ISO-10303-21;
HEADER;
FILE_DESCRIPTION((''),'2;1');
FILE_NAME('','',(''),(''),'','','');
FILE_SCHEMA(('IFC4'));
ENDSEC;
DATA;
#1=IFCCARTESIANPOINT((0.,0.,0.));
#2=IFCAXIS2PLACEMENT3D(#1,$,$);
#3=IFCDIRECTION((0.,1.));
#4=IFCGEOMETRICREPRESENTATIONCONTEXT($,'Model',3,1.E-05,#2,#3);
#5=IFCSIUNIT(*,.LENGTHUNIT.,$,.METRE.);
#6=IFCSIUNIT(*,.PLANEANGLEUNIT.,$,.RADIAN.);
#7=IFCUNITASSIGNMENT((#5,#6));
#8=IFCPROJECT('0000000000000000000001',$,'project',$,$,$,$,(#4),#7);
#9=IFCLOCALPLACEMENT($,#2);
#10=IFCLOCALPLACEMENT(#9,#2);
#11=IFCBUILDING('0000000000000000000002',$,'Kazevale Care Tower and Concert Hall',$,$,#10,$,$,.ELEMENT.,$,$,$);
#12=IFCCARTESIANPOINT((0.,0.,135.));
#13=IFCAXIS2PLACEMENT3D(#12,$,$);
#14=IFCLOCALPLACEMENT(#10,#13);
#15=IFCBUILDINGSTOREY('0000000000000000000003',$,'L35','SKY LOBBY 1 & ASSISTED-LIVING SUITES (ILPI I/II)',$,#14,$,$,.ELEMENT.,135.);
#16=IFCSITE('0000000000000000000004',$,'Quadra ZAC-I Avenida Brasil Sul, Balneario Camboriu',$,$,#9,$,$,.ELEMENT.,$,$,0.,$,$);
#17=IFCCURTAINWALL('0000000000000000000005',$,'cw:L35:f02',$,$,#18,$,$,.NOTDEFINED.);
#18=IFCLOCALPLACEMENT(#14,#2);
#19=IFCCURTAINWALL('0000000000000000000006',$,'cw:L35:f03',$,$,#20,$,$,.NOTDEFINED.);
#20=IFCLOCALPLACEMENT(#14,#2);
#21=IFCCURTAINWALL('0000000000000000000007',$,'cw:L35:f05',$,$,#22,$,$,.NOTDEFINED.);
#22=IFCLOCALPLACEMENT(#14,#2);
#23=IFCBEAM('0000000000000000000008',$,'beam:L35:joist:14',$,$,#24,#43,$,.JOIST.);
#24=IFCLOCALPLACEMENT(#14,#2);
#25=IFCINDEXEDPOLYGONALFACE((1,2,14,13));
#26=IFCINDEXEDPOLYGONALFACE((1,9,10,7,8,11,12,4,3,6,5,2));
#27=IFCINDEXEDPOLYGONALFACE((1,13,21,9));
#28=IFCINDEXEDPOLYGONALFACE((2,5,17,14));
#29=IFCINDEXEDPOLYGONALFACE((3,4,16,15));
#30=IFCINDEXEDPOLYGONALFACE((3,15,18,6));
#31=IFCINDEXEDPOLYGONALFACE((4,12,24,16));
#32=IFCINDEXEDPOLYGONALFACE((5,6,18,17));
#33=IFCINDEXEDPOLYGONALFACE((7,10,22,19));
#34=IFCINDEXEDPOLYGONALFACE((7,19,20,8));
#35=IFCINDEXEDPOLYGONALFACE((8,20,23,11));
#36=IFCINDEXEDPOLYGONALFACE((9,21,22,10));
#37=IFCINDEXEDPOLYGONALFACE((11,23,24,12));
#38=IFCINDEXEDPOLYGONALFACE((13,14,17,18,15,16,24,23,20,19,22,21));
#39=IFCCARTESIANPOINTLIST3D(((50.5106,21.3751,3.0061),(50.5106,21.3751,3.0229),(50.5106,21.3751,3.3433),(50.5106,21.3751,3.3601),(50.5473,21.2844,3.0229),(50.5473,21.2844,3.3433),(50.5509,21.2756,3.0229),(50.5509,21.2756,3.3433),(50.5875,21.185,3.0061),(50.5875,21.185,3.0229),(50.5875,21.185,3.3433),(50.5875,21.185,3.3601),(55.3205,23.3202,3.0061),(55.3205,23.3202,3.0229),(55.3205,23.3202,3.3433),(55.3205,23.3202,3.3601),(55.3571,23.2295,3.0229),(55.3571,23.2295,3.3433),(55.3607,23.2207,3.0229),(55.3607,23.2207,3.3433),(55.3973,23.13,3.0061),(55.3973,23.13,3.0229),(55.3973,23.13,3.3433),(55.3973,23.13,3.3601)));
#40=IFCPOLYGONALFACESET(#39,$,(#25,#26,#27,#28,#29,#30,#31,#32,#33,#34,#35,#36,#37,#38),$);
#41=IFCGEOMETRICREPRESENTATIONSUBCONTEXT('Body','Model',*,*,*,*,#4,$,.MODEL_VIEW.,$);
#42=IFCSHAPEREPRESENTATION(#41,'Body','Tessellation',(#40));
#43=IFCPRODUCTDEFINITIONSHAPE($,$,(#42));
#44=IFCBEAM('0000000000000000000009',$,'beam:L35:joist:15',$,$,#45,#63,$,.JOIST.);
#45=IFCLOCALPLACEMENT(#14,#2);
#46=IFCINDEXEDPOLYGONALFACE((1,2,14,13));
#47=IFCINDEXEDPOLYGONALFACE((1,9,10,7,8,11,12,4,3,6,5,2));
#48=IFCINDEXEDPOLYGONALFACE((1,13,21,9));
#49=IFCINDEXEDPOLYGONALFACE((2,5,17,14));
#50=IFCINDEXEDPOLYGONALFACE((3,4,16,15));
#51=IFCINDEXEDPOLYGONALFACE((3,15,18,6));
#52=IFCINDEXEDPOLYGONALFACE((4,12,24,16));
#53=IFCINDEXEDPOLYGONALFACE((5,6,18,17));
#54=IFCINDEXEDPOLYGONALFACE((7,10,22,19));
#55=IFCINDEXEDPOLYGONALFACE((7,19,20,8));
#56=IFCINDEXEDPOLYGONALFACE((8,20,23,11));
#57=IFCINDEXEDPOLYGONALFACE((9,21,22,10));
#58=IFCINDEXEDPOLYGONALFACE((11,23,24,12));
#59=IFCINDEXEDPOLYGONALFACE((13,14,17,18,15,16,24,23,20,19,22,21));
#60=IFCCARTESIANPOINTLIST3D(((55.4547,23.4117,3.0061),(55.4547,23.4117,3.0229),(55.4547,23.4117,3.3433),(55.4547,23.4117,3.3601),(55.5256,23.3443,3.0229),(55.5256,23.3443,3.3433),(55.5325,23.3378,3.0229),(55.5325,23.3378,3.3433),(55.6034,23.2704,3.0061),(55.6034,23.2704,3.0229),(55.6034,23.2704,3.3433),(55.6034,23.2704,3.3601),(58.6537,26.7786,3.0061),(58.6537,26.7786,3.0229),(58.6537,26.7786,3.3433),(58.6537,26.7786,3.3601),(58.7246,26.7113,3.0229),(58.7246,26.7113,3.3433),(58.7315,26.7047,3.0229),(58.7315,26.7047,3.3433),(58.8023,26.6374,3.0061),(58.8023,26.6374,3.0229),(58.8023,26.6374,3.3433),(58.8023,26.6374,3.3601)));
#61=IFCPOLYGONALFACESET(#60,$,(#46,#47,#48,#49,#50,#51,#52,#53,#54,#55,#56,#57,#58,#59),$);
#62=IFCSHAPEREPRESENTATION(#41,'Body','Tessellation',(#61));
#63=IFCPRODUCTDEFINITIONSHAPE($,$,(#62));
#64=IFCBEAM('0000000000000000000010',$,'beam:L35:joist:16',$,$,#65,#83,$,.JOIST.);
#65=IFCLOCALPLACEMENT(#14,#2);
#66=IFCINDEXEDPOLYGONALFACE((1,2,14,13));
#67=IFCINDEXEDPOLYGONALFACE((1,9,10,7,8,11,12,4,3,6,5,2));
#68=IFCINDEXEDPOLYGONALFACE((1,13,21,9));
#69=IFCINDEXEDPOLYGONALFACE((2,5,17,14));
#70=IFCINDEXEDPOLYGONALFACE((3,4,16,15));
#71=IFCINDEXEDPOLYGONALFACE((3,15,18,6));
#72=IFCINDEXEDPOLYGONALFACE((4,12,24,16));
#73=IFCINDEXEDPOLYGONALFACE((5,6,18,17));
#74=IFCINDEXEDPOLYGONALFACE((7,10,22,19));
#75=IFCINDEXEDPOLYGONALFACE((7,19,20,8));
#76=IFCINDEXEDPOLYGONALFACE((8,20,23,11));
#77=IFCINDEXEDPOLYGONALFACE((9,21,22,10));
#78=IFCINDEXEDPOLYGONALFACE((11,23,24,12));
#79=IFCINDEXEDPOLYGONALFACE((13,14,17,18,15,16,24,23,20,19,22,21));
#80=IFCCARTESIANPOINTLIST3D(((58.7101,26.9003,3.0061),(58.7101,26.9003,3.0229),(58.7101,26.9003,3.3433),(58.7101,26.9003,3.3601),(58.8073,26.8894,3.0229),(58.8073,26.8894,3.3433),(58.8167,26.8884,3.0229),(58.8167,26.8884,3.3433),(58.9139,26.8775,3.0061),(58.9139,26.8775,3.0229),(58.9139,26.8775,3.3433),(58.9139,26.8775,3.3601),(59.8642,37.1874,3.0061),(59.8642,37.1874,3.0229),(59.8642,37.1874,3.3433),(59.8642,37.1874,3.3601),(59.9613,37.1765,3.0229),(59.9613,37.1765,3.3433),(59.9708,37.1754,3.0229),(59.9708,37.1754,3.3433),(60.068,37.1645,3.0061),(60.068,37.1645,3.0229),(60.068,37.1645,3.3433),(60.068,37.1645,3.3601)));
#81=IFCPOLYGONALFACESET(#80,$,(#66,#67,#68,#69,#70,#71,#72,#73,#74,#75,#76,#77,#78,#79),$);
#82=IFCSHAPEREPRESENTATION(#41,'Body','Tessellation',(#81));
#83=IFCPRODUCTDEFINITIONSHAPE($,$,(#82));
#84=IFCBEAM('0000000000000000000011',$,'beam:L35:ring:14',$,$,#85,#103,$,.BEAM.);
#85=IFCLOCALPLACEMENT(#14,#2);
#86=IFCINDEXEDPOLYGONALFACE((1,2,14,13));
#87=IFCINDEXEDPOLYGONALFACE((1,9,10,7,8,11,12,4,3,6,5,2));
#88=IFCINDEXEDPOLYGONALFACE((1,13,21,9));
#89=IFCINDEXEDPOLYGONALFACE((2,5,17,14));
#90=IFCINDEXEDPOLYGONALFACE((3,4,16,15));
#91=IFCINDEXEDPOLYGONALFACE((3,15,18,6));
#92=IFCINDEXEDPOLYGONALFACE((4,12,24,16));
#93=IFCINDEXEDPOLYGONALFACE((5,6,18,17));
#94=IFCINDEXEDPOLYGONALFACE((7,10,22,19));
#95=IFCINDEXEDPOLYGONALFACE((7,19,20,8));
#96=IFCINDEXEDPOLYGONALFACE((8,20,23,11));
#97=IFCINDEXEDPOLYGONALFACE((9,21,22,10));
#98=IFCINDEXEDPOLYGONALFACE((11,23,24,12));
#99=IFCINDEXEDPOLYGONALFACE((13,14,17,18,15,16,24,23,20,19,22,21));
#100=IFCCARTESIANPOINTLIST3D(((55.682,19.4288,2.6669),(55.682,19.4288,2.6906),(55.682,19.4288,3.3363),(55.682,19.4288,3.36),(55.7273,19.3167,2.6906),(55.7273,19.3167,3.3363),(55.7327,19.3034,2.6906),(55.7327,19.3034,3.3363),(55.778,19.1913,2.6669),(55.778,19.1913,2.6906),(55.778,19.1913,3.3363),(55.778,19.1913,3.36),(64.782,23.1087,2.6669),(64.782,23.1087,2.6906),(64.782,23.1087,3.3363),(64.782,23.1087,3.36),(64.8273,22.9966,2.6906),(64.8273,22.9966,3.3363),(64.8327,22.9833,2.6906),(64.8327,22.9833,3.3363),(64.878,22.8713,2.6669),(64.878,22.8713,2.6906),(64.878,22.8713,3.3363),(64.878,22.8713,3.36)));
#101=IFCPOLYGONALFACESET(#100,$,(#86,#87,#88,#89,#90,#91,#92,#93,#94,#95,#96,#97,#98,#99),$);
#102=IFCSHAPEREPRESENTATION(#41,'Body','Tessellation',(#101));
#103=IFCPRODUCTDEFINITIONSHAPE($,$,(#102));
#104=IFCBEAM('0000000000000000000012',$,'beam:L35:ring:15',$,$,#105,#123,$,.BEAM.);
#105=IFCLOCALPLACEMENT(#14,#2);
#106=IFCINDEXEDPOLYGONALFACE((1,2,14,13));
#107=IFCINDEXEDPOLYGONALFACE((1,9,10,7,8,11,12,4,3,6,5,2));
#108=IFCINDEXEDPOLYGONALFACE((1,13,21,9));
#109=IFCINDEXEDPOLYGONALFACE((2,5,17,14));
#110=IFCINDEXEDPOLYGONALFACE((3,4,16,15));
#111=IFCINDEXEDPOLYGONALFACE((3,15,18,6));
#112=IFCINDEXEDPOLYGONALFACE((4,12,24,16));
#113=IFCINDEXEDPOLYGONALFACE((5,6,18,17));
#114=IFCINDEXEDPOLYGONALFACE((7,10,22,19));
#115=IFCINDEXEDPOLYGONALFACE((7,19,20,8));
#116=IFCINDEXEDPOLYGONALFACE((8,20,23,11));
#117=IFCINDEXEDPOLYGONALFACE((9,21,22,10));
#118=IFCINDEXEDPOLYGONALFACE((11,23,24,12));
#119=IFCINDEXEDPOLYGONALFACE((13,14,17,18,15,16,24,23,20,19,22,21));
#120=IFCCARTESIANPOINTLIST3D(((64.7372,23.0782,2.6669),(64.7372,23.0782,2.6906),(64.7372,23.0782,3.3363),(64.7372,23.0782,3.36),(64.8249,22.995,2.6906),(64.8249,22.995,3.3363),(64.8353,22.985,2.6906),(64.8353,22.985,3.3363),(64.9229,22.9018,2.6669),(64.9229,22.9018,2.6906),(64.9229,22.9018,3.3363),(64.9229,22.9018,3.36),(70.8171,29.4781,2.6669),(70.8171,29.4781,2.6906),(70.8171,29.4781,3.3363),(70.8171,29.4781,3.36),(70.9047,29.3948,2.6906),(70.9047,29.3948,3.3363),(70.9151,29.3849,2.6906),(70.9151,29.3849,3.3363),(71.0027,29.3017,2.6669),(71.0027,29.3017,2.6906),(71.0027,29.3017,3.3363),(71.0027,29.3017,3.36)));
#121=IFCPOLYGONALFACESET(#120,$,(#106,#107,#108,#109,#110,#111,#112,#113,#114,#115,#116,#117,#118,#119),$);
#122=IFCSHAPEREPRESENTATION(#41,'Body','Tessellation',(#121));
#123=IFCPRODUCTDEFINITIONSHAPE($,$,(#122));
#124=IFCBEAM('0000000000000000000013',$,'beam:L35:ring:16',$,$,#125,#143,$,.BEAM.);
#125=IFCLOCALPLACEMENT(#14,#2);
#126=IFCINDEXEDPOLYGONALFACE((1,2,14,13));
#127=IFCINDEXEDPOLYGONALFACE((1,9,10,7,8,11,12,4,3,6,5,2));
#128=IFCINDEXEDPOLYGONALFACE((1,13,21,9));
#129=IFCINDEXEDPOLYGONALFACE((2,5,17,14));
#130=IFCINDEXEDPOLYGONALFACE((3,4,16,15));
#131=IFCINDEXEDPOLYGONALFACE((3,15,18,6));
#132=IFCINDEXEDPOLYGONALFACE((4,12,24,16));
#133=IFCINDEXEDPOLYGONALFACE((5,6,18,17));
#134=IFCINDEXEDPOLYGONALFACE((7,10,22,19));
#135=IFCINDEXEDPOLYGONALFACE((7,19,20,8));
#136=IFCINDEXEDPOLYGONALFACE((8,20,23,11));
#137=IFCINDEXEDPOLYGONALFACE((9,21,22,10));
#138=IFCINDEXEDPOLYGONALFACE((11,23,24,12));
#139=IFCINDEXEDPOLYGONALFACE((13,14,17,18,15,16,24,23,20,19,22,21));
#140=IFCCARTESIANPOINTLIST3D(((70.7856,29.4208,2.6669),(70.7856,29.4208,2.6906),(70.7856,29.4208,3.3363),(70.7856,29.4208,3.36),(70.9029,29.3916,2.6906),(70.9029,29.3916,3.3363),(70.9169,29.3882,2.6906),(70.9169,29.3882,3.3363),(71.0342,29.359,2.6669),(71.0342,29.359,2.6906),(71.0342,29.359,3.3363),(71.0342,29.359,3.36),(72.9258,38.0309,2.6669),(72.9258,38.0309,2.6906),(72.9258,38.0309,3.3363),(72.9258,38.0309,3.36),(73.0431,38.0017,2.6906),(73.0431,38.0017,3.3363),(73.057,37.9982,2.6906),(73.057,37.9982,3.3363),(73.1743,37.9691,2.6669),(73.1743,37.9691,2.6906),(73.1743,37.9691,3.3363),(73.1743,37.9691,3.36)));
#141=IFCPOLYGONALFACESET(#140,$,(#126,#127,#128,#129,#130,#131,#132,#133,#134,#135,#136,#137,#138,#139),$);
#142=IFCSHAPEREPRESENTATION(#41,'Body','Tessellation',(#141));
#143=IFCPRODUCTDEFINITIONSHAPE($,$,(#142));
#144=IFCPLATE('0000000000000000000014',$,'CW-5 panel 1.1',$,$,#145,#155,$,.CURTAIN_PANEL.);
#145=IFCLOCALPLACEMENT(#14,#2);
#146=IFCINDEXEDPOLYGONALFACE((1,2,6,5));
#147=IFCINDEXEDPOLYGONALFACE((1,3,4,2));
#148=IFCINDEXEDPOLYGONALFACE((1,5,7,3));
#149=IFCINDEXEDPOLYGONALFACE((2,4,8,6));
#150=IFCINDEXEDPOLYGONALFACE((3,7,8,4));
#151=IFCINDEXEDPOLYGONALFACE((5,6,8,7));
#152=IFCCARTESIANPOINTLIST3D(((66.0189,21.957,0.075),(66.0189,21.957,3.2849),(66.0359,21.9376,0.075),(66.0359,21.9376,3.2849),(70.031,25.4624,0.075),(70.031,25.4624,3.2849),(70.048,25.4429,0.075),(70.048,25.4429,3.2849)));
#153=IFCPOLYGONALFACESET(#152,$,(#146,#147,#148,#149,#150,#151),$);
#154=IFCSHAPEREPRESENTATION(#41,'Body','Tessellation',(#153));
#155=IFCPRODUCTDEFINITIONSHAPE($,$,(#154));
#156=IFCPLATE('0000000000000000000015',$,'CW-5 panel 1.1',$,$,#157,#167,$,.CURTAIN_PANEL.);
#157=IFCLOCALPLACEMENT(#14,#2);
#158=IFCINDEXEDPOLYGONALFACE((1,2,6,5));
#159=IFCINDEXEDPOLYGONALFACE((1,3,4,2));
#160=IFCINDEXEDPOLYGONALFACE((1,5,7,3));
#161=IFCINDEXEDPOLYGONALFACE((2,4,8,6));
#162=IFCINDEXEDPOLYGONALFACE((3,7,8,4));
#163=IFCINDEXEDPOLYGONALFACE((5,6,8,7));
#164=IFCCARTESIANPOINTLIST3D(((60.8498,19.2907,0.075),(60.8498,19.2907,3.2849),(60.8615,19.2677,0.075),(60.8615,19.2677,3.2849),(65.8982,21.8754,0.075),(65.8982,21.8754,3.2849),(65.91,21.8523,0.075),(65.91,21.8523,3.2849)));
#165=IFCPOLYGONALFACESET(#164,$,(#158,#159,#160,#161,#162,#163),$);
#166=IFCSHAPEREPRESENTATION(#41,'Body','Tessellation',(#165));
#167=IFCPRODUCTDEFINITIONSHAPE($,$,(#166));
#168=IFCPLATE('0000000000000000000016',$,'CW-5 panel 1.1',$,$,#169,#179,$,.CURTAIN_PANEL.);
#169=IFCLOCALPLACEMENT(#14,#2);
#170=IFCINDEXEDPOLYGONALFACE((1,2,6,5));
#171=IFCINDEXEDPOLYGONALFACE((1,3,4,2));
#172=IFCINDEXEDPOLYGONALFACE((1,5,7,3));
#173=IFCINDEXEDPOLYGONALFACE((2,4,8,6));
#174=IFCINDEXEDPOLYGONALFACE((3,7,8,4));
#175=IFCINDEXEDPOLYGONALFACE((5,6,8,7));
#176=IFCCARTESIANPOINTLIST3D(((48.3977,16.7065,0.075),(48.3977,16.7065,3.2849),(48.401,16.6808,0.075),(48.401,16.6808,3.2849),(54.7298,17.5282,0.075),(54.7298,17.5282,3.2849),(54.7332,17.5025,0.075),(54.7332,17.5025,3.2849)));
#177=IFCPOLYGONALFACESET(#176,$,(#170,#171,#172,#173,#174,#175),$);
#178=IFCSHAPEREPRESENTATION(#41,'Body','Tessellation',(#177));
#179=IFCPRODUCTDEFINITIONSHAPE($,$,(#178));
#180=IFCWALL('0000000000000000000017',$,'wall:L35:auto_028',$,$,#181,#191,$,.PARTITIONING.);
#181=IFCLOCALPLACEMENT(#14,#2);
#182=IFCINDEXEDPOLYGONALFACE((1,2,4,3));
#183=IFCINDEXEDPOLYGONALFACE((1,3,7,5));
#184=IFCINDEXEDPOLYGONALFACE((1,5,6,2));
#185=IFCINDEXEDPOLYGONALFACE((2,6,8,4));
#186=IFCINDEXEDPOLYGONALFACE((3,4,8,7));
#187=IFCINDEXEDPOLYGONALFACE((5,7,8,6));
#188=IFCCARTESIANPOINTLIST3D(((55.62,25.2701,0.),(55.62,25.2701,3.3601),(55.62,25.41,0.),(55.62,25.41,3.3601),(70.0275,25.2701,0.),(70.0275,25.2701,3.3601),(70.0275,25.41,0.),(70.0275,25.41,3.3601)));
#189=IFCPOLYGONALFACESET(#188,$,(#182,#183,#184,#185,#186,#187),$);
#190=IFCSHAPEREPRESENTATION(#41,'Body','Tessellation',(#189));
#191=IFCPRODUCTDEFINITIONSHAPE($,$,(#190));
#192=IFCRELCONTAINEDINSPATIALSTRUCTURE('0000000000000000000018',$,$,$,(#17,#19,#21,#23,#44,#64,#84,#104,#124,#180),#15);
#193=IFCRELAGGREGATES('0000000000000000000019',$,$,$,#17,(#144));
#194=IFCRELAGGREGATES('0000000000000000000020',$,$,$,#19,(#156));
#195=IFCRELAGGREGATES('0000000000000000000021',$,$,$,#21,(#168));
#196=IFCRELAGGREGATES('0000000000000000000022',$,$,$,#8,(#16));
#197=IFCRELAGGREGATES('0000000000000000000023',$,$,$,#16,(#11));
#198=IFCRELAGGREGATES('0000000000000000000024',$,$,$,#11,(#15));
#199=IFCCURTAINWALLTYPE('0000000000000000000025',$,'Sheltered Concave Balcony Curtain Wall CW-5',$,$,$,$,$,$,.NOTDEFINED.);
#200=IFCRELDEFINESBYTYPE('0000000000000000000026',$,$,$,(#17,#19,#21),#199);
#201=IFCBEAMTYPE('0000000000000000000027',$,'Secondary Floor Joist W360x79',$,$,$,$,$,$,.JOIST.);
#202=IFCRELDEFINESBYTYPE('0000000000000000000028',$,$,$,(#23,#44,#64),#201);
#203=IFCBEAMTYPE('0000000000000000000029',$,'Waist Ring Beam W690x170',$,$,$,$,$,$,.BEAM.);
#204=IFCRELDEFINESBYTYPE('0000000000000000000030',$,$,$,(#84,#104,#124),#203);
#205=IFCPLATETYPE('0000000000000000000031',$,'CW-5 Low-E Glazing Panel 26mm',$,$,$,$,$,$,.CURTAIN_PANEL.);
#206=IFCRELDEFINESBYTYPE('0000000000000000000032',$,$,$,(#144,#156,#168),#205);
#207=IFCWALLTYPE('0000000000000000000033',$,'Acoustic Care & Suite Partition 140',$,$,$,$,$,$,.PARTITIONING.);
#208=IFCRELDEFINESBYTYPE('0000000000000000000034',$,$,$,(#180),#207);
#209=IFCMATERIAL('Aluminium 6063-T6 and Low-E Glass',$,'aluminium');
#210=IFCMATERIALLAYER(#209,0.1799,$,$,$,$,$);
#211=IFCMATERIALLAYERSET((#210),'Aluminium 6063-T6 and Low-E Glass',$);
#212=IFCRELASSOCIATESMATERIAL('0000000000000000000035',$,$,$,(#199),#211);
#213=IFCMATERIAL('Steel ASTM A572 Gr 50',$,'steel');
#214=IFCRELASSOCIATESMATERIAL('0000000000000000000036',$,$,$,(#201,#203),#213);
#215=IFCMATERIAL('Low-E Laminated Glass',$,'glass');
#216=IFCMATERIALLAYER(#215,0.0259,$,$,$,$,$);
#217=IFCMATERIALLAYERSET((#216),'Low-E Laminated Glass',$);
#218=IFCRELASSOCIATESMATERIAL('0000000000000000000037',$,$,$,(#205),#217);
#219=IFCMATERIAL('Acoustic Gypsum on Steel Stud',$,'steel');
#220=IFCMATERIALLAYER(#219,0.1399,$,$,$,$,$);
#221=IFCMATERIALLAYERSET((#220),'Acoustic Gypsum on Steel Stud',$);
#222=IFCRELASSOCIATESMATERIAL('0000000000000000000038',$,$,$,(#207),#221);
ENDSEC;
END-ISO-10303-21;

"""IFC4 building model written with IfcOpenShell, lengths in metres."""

from ifc_helpers import new_model, si_unit, direction, frame, frame_2d, origin, origin_2d, place, context, subcontext, project, spatial, rectangle, i_section, extrude, material, layer, layer_set, material_profile, profile_set, type_object, element, aggregate, save


model = new_model("IFC4")

# Units and contexts
model_context = context("Model", 3, precision=1e-05, world=origin(), true_north=direction((0.0, 1.0)))
body_context = subcontext(model_context, "Body", "Model", "MODEL_VIEW")
ifc_project = project(units=[si_unit("LENGTHUNIT", "METRE"), si_unit("PLANEANGLEUNIT", "RADIAN")], contexts=[model_context])

# Site, building, storey
site_placement = place(None, origin())
site = spatial("IfcSite", under=ifc_project, at=site_placement, Name="Quadra ZAC-I Avenida Brasil Sul, Balneario Camboriu", CompositionType="ELEMENT", RefElevation=0.0)
building_placement = place(site_placement, origin())
building = spatial("IfcBuilding", under=site, at=building_placement, Name="Kazevale Care Tower and Concert Hall", CompositionType="ELEMENT")
storey_placement = place(building_placement, frame((0.0, 0.0, 135.0)))
storey = spatial("IfcBuildingStorey", under=building, at=storey_placement, Name="L35", Description="SKY LOBBY 1 & ASSISTED-LIVING SUITES (ILPI I/II)", CompositionType="ELEMENT", Elevation=135.0)

# Curtain walls
ifc_material_1 = material(Name="Aluminium 6063-T6 and Low-E Glass", Category="aluminium")
ifc_layer_1 = layer(ifc_material_1, 0.1799)
ifc_layer_set_1 = layer_set([ifc_layer_1], Name="Aluminium 6063-T6 and Low-E Glass")
curtain_wall_type = type_object("IfcCurtainWallType", Name="Sheltered Concave Balcony Curtain Wall CW-5", PredefinedType="NOTDEFINED", material=ifc_layer_set_1)
curtain_wall_1_placement = place(storey_placement, origin())
curtain_wall_1 = element("IfcCurtainWall", 1, at=curtain_wall_1_placement, inside=storey, type_object=curtain_wall_type, Name="cw:L35:f02", PredefinedType="NOTDEFINED")
curtain_wall_2_placement = place(storey_placement, origin())
curtain_wall_2 = element("IfcCurtainWall", 2, at=curtain_wall_2_placement, inside=storey, type_object=curtain_wall_type, Name="cw:L35:f03", PredefinedType="NOTDEFINED")
curtain_wall_3_placement = place(storey_placement, origin())
curtain_wall_3 = element("IfcCurtainWall", 3, at=curtain_wall_3_placement, inside=storey, type_object=curtain_wall_type, Name="cw:L35:f05", PredefinedType="NOTDEFINED")

# Beams
ifc_material_2 = material(Name="Steel ASTM A572 Gr 50", Category="steel")
ifc_material_profile_1 = material_profile(ifc_material_2, i_section(OverallWidth=0.2051, OverallDepth=0.354, WebThickness=0.0095, FlangeThickness=0.0168, at=origin_2d()), Name="W360x79")
ifc_profile_set_1 = profile_set([ifc_material_profile_1], Name="Steel ASTM A572 Gr 50")
beam_type_1 = type_object("IfcBeamType", Name="Secondary Floor Joist W360x79", PredefinedType="JOIST", material=ifc_profile_set_1)
beam_1_placement = place(storey_placement, frame((50.5491, 21.28, 3.1831), z_axis=(0.927065, 0.374901, 0.0), x_axis=(-0.374901, 0.927065, 0.0)))
element("IfcBeam", 4, at=beam_1_placement, inside=storey, type_object=beam_type_1, Name="beam:L35:joist:14", PredefinedType="JOIST", context=body_context, shape_type="SweptSolid", body=[
    extrude(i_section(OverallWidth=0.2051, OverallDepth=0.354, WebThickness=0.0095, FlangeThickness=0.0168, at=origin_2d()), origin(), (0.0, 0.0, 1.0), 5.1882),
])
beam_2_placement = place(storey_placement, frame((55.5291, 23.3411, 3.1831), z_axis=(0.688792, 0.724959, 0.0), x_axis=(-0.724959, 0.688792, 0.0)))
element("IfcBeam", 5, at=beam_2_placement, inside=storey, type_object=beam_type_1, Name="beam:L35:joist:15", PredefinedType="JOIST", context=body_context, shape_type="SweptSolid", body=[
    extrude(i_section(OverallWidth=0.2051, OverallDepth=0.354, WebThickness=0.0095, FlangeThickness=0.0168, at=origin_2d()), origin(), (0.0, 0.0, 1.0), 4.6443),
])
beam_3_placement = place(storey_placement, frame((58.812, 26.8889, 3.1831), z_axis=(0.111485, 0.993766, 0.0), x_axis=(-0.993766, 0.111485, 0.0)))
element("IfcBeam", 6, at=beam_3_placement, inside=storey, type_object=beam_type_1, Name="beam:L35:joist:16", PredefinedType="JOIST", context=body_context, shape_type="SweptSolid", body=[
    extrude(i_section(OverallWidth=0.2051, OverallDepth=0.354, WebThickness=0.0095, FlangeThickness=0.0168, at=origin_2d()), origin(), (0.0, 0.0, 1.0), 10.3516),
])
ifc_material_profile_2 = material_profile(ifc_material_2, i_section(OverallWidth=0.2561, OverallDepth=0.6931, WebThickness=0.0144, FlangeThickness=0.0237, at=origin_2d()), Name="W690x170")
ifc_profile_set_2 = profile_set([ifc_material_profile_2], Name="Steel ASTM A572 Gr 50")
beam_type_2 = type_object("IfcBeamType", Name="Waist Ring Beam W690x170", PredefinedType="BEAM", material=ifc_profile_set_2)
beam_4_placement = place(storey_placement, frame((55.73, 19.3101, 3.0134), z_axis=(0.927069, 0.374892, 0.0), x_axis=(-0.374892, 0.927069, 0.0)))
element("IfcBeam", 7, at=beam_4_placement, inside=storey, type_object=beam_type_2, Name="beam:L35:ring:14", PredefinedType="BEAM", context=body_context, shape_type="SweptSolid", body=[
    extrude(i_section(OverallWidth=0.2561, OverallDepth=0.6931, WebThickness=0.0144, FlangeThickness=0.0237, at=origin_2d()), origin(), (0.0, 0.0, 1.0), 9.8159),
])
beam_5_placement = place(storey_placement, frame((64.8301, 22.99, 3.0134), z_axis=(0.688745, 0.725004, 0.0), x_axis=(-0.725004, 0.688745, 0.0)))
element("IfcBeam", 8, at=beam_5_placement, inside=storey, type_object=beam_type_2, Name="beam:L35:ring:15", PredefinedType="BEAM", context=body_context, shape_type="SweptSolid", body=[
    extrude(i_section(OverallWidth=0.2561, OverallDepth=0.6931, WebThickness=0.0144, FlangeThickness=0.0237, at=origin_2d()), origin(), (0.0, 0.0, 1.0), 8.8274),
])
beam_6_placement = place(storey_placement, frame((70.9099, 29.3899, 3.0134), z_axis=(0.241221, 0.97047, 0.0), x_axis=(-0.97047, 0.241221, 0.0)))
element("IfcBeam", 9, at=beam_6_placement, inside=storey, type_object=beam_type_2, Name="beam:L35:ring:16", PredefinedType="BEAM", context=body_context, shape_type="SweptSolid", body=[
    extrude(i_section(OverallWidth=0.2561, OverallDepth=0.6931, WebThickness=0.0144, FlangeThickness=0.0237, at=origin_2d()), origin(), (0.0, 0.0, 1.0), 8.8721),
])

# Plates
ifc_material_3 = material(Name="Low-E Laminated Glass", Category="glass")
ifc_layer_2 = layer(ifc_material_3, 0.0259)
ifc_layer_set_2 = layer_set([ifc_layer_2], Name="Low-E Laminated Glass")
plate_type = type_object("IfcPlateType", Name="CW-5 Low-E Glazing Panel 26mm", PredefinedType="CURTAIN_PANEL", material=ifc_layer_set_2)
plate_1_placement = place(storey_placement, frame((68.0334, 23.7, 0.075), z_axis=(0.0, 0.0, 1.0), x_axis=(-0.753063, -0.657949, 0.0)))
plate_1 = element("IfcPlate", 10, at=plate_1_placement, type_object=plate_type, Name="CW-5 panel 1.1", PredefinedType="CURTAIN_PANEL", context=body_context, shape_type="SweptSolid", body=[
    extrude(rectangle(XDim=5.3276, YDim=0.0259, at=origin_2d()), origin(), (0.0, 0.0, 1.0), 3.21),
])
aggregate(curtain_wall_1, [plate_1])
plate_2_placement = place(storey_placement, frame((63.3799, 20.5715, 0.075), z_axis=(0.0, 0.0, 1.0), x_axis=(-0.890127, -0.455713, 0.0)))
plate_2 = element("IfcPlate", 11, at=plate_2_placement, type_object=plate_type, Name="CW-5 panel 1.1", PredefinedType="CURTAIN_PANEL", context=body_context, shape_type="SweptSolid", body=[
    extrude(rectangle(XDim=5.6716, YDim=0.0259, at=origin_2d()), origin(), (0.0, 0.0, 1.0), 3.21),
])
aggregate(curtain_wall_2, [plate_2])
plate_3_placement = place(storey_placement, frame((51.5654, 17.1045, 0.075), z_axis=(0.0, 0.0, 1.0), x_axis=(-0.991686, -0.128685, 0.0)))
plate_3 = element("IfcPlate", 12, at=plate_3_placement, type_object=plate_type, Name="CW-5 panel 1.1", PredefinedType="CURTAIN_PANEL", context=body_context, shape_type="SweptSolid", body=[
    extrude(rectangle(XDim=6.3853, YDim=0.0259, at=origin_2d()), origin(), (0.0, 0.0, 1.0), 3.21),
])
aggregate(curtain_wall_3, [plate_3])

# Wall
ifc_material_4 = material(Name="Acoustic Gypsum on Steel Stud", Category="steel")
ifc_layer_3 = layer(ifc_material_4, 0.1399)
ifc_layer_set_3 = layer_set([ifc_layer_3], Name="Acoustic Gypsum on Steel Stud")
wall_type_1 = type_object("IfcWallType", Name="Acoustic Care & Suite Partition 140", PredefinedType="PARTITIONING", material=ifc_layer_set_3)
wall_1_placement = place(storey_placement, frame((55.6201, 25.3401, 0.0), z_axis=(0.0, 0.0, 1.0), x_axis=(1.0, 0.0, 0.0)))
element("IfcWall", 13, at=wall_1_placement, inside=storey, type_object=wall_type_1, Name="wall:L35:auto_028", PredefinedType="PARTITIONING", context=body_context, shape_type="SweptSolid", body=[
    extrude(rectangle(XDim=14.4075, YDim=0.1399, at=frame_2d((7.2036, 0.0))), origin(), (0.0, 0.0, 1.0), 3.3601),
])

save(model, "model.ifc")
